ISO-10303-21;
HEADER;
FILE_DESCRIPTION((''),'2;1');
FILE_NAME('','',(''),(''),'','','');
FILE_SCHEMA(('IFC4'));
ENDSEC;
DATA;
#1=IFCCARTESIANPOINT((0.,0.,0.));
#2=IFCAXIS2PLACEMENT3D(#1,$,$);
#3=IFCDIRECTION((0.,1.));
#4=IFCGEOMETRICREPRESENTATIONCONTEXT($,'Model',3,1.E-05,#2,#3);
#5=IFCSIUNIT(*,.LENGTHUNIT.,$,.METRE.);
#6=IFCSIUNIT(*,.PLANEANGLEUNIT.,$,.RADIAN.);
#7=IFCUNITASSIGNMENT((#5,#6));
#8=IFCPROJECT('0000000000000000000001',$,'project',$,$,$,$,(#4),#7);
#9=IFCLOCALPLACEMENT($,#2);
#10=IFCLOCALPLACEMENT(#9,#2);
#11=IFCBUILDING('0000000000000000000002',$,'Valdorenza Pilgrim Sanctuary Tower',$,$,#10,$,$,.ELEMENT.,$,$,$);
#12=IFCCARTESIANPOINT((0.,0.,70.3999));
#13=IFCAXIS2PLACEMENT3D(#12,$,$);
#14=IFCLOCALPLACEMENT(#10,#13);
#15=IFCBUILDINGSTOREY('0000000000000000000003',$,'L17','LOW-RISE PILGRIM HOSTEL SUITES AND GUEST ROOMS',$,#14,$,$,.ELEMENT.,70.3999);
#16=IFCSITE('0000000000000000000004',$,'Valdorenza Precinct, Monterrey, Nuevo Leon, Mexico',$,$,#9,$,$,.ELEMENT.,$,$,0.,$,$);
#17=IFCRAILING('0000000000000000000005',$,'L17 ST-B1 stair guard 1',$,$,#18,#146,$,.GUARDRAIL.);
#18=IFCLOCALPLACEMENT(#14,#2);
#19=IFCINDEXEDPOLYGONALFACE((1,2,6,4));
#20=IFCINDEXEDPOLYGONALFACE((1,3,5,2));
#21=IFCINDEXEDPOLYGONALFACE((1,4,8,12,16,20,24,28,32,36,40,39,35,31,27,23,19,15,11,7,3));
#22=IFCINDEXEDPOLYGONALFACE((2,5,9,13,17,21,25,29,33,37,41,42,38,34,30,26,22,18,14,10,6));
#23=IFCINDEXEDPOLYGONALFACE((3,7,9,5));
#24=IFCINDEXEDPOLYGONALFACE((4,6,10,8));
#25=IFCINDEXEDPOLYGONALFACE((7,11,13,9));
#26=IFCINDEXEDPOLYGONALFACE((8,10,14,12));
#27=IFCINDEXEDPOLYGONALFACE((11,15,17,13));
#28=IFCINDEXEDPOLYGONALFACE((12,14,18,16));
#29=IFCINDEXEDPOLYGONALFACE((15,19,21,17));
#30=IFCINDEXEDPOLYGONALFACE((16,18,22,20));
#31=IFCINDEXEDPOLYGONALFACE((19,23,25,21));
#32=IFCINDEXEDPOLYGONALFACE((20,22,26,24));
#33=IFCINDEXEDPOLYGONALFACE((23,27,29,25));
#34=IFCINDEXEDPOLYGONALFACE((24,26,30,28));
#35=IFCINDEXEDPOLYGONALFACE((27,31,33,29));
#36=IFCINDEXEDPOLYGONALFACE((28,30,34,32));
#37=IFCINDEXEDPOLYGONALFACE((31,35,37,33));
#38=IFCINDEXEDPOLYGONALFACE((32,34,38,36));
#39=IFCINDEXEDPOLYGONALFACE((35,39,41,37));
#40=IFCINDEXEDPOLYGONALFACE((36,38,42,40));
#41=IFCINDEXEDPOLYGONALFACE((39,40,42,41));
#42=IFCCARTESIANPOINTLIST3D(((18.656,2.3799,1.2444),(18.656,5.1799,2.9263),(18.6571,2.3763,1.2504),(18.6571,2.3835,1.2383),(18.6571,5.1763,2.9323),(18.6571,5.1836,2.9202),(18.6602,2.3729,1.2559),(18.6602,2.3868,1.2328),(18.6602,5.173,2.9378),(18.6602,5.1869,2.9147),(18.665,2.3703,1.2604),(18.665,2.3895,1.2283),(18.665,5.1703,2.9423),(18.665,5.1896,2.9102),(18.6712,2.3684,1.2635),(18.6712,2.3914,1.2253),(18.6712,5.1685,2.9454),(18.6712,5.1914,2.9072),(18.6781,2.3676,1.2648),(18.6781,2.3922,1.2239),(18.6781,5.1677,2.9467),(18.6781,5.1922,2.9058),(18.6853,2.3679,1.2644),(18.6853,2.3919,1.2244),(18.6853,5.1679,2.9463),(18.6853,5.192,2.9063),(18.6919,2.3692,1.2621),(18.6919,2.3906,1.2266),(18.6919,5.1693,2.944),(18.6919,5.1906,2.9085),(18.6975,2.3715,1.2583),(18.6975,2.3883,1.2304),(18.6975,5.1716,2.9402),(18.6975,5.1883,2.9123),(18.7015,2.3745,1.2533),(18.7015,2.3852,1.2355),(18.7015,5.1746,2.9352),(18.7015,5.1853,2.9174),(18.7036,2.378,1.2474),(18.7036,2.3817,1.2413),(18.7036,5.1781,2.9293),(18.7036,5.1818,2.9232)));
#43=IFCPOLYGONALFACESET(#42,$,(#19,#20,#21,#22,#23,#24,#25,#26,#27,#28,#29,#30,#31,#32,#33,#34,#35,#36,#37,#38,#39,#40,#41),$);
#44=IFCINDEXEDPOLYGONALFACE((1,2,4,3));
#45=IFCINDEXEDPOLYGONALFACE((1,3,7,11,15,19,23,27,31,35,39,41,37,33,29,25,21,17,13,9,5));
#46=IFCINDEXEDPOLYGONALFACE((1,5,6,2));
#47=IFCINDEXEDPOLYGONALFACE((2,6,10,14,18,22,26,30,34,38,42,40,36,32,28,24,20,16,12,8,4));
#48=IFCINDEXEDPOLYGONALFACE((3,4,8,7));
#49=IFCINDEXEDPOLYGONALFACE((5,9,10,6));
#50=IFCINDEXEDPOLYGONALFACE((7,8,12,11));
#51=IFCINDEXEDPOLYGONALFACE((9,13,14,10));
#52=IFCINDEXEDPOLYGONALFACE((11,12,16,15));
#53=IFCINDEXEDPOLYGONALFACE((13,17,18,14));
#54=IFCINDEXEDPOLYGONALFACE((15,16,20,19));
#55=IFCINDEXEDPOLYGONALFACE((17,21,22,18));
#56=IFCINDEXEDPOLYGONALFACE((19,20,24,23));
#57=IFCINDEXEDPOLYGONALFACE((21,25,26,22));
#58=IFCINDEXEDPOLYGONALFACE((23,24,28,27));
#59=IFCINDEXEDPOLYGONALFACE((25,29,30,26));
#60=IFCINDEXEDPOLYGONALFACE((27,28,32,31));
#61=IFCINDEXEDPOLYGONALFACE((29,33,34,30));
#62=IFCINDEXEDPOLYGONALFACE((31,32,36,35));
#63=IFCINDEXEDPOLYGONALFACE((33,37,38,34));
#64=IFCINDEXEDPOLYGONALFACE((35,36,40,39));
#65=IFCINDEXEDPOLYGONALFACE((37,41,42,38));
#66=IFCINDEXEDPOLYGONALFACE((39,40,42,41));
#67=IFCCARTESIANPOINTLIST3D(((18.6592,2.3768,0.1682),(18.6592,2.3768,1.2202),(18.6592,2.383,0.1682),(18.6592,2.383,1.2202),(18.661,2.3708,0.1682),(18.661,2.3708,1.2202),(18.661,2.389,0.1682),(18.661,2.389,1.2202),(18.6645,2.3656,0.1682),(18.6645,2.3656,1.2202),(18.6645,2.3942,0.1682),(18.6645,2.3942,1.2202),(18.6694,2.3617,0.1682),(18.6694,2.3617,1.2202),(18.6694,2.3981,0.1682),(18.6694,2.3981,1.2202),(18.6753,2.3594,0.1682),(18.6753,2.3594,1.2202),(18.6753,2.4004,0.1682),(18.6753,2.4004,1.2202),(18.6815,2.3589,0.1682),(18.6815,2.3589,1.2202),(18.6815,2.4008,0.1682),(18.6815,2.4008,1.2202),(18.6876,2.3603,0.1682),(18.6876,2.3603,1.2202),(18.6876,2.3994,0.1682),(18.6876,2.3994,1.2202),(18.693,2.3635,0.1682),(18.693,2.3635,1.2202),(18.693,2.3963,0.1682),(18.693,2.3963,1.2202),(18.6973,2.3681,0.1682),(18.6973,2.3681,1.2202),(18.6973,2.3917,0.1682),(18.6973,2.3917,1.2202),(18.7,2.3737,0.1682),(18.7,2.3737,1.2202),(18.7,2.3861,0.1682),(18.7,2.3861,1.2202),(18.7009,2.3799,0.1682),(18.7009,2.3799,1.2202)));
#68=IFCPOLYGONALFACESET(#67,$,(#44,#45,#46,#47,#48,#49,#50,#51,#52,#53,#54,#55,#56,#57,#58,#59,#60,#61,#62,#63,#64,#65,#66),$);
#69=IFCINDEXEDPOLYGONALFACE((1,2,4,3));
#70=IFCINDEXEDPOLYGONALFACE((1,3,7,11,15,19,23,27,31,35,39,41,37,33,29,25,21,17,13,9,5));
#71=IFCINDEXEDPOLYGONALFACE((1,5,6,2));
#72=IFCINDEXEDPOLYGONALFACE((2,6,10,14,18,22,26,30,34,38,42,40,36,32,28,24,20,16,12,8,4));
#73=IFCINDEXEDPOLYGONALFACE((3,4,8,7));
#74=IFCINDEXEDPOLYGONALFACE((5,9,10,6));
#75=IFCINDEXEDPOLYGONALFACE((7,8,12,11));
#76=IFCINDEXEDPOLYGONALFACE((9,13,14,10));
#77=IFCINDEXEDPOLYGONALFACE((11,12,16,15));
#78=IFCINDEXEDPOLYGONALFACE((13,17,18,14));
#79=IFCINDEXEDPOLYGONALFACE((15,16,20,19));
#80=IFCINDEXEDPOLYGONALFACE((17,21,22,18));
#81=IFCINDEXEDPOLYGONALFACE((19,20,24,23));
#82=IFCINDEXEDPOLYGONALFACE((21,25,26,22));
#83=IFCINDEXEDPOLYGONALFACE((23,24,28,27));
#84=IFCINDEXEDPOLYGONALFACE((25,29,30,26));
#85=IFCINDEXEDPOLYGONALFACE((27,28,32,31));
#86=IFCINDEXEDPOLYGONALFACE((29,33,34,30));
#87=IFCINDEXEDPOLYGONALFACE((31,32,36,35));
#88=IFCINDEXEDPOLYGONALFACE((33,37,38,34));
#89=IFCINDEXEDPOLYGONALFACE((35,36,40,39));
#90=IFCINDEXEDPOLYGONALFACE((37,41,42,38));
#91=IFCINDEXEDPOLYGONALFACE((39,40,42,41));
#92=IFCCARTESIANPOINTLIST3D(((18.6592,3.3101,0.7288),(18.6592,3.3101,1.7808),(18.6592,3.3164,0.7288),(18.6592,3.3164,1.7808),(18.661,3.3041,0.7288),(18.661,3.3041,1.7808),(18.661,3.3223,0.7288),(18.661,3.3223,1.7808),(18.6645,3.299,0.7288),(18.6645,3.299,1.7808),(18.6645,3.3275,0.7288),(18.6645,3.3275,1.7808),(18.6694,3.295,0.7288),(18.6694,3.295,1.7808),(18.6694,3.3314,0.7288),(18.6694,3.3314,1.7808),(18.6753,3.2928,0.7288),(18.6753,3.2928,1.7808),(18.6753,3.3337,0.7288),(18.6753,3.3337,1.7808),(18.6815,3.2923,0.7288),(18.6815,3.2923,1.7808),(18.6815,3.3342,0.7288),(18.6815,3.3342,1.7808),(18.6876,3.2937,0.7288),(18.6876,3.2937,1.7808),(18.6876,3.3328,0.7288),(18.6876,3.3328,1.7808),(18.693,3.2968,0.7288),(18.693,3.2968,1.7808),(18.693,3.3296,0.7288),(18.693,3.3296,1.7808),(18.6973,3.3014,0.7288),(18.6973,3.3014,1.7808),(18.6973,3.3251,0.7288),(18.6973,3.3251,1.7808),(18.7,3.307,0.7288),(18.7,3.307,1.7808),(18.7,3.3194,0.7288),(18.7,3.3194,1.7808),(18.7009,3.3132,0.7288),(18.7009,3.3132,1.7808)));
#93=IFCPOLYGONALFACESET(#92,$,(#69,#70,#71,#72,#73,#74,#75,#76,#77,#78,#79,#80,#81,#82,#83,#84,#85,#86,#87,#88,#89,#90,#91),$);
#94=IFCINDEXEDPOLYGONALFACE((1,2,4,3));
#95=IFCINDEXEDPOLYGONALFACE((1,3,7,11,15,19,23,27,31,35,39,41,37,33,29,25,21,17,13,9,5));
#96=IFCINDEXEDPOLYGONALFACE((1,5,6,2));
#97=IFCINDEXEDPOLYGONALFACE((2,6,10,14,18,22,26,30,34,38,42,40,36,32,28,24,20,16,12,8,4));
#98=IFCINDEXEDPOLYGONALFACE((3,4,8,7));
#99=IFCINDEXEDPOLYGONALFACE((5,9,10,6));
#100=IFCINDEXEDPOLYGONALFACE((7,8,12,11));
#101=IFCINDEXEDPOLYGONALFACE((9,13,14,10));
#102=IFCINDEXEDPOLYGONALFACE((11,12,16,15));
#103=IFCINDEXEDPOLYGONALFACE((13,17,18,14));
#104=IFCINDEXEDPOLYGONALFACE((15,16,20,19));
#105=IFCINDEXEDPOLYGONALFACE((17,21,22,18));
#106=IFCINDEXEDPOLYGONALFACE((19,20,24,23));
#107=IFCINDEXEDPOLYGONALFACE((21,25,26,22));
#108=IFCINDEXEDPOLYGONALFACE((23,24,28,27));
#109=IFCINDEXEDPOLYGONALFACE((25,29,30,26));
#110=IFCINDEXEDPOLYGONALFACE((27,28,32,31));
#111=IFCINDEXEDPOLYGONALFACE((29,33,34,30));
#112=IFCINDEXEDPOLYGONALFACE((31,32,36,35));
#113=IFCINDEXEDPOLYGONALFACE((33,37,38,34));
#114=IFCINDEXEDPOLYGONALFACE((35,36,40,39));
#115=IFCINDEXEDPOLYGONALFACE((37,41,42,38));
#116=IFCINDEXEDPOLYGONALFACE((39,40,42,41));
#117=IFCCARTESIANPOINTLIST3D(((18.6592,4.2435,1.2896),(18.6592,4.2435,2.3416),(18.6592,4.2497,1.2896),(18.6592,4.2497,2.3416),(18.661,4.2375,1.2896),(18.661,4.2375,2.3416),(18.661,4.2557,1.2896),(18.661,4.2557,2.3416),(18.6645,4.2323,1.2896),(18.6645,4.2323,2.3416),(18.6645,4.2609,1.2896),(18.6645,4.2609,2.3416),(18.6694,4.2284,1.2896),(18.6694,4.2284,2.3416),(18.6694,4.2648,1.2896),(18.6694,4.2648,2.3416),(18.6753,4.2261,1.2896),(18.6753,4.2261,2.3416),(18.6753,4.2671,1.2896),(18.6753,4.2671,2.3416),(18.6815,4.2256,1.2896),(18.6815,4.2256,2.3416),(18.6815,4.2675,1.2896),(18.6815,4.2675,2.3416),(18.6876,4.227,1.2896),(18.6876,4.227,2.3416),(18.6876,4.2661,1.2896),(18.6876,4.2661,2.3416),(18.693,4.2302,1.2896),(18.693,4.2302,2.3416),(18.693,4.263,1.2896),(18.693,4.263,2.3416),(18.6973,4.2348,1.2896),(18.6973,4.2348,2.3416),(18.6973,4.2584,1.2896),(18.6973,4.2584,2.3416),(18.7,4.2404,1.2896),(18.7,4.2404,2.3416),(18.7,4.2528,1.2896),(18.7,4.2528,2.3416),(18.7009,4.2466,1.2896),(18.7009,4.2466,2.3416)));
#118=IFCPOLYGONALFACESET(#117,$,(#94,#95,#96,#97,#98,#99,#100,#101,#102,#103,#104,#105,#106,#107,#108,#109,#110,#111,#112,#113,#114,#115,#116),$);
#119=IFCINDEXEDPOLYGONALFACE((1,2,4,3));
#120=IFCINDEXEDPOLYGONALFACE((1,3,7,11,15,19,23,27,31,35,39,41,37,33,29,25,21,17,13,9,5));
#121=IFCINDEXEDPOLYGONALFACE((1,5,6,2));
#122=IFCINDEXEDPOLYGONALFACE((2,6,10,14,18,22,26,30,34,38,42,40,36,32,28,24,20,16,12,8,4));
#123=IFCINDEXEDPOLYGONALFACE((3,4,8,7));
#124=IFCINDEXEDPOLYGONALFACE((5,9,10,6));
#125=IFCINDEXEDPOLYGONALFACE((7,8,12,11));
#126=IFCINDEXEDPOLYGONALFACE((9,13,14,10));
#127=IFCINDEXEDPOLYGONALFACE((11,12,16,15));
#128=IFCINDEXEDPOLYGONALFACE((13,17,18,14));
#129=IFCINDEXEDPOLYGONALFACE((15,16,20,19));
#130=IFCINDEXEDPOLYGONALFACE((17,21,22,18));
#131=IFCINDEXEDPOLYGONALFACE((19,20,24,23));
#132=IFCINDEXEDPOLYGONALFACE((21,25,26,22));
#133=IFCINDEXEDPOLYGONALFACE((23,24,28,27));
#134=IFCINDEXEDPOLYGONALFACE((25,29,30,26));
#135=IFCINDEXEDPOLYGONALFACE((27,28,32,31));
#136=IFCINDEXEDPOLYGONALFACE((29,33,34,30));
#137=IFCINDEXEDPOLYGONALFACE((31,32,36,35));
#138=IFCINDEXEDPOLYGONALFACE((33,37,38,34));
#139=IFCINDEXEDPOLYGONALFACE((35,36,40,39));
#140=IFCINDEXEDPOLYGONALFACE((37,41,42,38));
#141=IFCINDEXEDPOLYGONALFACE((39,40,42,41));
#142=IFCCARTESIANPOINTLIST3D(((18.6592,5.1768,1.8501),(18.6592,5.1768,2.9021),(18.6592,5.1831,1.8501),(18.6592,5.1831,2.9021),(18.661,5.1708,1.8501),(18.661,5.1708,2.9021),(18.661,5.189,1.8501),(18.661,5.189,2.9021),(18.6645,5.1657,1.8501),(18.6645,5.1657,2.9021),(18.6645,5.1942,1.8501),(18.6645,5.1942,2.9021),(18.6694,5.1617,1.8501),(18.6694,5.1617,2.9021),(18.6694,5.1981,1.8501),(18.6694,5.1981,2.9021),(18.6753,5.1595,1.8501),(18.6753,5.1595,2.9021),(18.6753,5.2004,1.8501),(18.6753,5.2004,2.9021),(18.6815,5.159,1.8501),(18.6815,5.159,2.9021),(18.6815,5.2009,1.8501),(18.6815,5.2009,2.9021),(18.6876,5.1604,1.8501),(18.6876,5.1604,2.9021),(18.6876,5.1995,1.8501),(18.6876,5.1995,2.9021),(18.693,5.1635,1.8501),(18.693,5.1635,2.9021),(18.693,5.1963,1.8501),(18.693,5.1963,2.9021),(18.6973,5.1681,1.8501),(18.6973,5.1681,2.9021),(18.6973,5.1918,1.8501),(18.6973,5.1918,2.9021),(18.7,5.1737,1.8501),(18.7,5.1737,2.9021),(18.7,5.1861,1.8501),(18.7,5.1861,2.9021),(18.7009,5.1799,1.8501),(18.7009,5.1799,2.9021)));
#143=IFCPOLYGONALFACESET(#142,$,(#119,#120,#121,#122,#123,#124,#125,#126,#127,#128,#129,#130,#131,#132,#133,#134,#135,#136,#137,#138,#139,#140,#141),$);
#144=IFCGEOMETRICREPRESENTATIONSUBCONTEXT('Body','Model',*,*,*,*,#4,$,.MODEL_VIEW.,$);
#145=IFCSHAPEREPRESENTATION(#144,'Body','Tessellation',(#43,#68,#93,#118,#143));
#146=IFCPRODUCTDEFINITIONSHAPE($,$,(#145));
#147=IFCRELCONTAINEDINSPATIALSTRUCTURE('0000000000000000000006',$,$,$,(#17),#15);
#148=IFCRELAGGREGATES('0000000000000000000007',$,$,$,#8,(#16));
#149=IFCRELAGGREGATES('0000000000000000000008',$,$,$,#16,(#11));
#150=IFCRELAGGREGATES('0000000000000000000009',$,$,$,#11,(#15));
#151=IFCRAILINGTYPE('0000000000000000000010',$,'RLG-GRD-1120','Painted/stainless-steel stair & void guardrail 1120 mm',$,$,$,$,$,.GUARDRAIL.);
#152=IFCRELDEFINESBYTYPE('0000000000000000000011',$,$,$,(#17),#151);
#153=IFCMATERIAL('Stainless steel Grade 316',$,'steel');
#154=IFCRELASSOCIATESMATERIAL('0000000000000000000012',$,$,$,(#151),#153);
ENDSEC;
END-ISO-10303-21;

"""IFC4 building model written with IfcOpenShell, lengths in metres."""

from ifc_helpers import new_model, si_unit, direction, frame, origin, origin_2d, place, context, subcontext, project, spatial, circle, extrude, material, type_object, element, save


model = new_model("IFC4")

# Units and contexts
model_context = context("Model", 3, precision=1e-05, world=origin(), true_north=direction((0.0, 1.0)))
body_context = subcontext(model_context, "Body", "Model", "MODEL_VIEW")
ifc_project = project(units=[si_unit("LENGTHUNIT", "METRE"), si_unit("PLANEANGLEUNIT", "RADIAN")], contexts=[model_context])

# Site, building, storey
site_placement = place(None, origin())
site = spatial("IfcSite", under=ifc_project, at=site_placement, Name="Valdorenza Precinct, Monterrey, Nuevo Leon, Mexico", CompositionType="ELEMENT", RefElevation=0.0)
building_placement = place(site_placement, origin())
building = spatial("IfcBuilding", under=site, at=building_placement, Name="Valdorenza Pilgrim Sanctuary Tower", CompositionType="ELEMENT")
storey_placement = place(building_placement, frame((0.0, 0.0, 70.3999)))
storey = spatial("IfcBuildingStorey", under=building, at=storey_placement, Name="L17", Description="LOW-RISE PILGRIM HOSTEL SUITES AND GUEST ROOMS", CompositionType="ELEMENT", Elevation=70.3999)

# Railing
ifc_material_1 = material(Name="Stainless steel Grade 316", Category="steel")
railing_type_1 = type_object("IfcRailingType", Name="RLG-GRD-1120", Description="Painted/stainless-steel stair & void guardrail 1120 mm", PredefinedType="GUARDRAIL", material=ifc_material_1)
railing_1_placement = place(storey_placement, frame((18.6799, 2.3799, 0.1682)))
element("IfcRailing", 1, at=railing_1_placement, inside=storey, type_object=railing_type_1, Name="L17 ST-B1 stair guard 1", PredefinedType="GUARDRAIL", context=body_context, shape_type="SweptSolid", body=[
    extrude(circle(Radius=0.0239, at=origin_2d()), frame((0.0, 0.0, 1.0762), z_axis=(0.0, 0.857242, 0.514913), x_axis=(-1.0, 0.0, 0.0)), (0.0, 0.0, 1.0), 3.2664),
    extrude(circle(Radius=0.021, at=origin_2d()), origin(), (0.0, 0.0, 1.0), 1.052),
    extrude(circle(Radius=0.021, at=origin_2d()), frame((0.0, 0.9333, 0.5605)), (0.0, 0.0, 1.0), 1.052),
    extrude(circle(Radius=0.021, at=origin_2d()), frame((0.0, 1.8667, 1.1213)), (0.0, 0.0, 1.0), 1.052),
    extrude(circle(Radius=0.021, at=origin_2d()), frame((0.0, 2.8, 1.6819)), (0.0, 0.0, 1.0), 1.052),
])

save(model, "model.ifc")
